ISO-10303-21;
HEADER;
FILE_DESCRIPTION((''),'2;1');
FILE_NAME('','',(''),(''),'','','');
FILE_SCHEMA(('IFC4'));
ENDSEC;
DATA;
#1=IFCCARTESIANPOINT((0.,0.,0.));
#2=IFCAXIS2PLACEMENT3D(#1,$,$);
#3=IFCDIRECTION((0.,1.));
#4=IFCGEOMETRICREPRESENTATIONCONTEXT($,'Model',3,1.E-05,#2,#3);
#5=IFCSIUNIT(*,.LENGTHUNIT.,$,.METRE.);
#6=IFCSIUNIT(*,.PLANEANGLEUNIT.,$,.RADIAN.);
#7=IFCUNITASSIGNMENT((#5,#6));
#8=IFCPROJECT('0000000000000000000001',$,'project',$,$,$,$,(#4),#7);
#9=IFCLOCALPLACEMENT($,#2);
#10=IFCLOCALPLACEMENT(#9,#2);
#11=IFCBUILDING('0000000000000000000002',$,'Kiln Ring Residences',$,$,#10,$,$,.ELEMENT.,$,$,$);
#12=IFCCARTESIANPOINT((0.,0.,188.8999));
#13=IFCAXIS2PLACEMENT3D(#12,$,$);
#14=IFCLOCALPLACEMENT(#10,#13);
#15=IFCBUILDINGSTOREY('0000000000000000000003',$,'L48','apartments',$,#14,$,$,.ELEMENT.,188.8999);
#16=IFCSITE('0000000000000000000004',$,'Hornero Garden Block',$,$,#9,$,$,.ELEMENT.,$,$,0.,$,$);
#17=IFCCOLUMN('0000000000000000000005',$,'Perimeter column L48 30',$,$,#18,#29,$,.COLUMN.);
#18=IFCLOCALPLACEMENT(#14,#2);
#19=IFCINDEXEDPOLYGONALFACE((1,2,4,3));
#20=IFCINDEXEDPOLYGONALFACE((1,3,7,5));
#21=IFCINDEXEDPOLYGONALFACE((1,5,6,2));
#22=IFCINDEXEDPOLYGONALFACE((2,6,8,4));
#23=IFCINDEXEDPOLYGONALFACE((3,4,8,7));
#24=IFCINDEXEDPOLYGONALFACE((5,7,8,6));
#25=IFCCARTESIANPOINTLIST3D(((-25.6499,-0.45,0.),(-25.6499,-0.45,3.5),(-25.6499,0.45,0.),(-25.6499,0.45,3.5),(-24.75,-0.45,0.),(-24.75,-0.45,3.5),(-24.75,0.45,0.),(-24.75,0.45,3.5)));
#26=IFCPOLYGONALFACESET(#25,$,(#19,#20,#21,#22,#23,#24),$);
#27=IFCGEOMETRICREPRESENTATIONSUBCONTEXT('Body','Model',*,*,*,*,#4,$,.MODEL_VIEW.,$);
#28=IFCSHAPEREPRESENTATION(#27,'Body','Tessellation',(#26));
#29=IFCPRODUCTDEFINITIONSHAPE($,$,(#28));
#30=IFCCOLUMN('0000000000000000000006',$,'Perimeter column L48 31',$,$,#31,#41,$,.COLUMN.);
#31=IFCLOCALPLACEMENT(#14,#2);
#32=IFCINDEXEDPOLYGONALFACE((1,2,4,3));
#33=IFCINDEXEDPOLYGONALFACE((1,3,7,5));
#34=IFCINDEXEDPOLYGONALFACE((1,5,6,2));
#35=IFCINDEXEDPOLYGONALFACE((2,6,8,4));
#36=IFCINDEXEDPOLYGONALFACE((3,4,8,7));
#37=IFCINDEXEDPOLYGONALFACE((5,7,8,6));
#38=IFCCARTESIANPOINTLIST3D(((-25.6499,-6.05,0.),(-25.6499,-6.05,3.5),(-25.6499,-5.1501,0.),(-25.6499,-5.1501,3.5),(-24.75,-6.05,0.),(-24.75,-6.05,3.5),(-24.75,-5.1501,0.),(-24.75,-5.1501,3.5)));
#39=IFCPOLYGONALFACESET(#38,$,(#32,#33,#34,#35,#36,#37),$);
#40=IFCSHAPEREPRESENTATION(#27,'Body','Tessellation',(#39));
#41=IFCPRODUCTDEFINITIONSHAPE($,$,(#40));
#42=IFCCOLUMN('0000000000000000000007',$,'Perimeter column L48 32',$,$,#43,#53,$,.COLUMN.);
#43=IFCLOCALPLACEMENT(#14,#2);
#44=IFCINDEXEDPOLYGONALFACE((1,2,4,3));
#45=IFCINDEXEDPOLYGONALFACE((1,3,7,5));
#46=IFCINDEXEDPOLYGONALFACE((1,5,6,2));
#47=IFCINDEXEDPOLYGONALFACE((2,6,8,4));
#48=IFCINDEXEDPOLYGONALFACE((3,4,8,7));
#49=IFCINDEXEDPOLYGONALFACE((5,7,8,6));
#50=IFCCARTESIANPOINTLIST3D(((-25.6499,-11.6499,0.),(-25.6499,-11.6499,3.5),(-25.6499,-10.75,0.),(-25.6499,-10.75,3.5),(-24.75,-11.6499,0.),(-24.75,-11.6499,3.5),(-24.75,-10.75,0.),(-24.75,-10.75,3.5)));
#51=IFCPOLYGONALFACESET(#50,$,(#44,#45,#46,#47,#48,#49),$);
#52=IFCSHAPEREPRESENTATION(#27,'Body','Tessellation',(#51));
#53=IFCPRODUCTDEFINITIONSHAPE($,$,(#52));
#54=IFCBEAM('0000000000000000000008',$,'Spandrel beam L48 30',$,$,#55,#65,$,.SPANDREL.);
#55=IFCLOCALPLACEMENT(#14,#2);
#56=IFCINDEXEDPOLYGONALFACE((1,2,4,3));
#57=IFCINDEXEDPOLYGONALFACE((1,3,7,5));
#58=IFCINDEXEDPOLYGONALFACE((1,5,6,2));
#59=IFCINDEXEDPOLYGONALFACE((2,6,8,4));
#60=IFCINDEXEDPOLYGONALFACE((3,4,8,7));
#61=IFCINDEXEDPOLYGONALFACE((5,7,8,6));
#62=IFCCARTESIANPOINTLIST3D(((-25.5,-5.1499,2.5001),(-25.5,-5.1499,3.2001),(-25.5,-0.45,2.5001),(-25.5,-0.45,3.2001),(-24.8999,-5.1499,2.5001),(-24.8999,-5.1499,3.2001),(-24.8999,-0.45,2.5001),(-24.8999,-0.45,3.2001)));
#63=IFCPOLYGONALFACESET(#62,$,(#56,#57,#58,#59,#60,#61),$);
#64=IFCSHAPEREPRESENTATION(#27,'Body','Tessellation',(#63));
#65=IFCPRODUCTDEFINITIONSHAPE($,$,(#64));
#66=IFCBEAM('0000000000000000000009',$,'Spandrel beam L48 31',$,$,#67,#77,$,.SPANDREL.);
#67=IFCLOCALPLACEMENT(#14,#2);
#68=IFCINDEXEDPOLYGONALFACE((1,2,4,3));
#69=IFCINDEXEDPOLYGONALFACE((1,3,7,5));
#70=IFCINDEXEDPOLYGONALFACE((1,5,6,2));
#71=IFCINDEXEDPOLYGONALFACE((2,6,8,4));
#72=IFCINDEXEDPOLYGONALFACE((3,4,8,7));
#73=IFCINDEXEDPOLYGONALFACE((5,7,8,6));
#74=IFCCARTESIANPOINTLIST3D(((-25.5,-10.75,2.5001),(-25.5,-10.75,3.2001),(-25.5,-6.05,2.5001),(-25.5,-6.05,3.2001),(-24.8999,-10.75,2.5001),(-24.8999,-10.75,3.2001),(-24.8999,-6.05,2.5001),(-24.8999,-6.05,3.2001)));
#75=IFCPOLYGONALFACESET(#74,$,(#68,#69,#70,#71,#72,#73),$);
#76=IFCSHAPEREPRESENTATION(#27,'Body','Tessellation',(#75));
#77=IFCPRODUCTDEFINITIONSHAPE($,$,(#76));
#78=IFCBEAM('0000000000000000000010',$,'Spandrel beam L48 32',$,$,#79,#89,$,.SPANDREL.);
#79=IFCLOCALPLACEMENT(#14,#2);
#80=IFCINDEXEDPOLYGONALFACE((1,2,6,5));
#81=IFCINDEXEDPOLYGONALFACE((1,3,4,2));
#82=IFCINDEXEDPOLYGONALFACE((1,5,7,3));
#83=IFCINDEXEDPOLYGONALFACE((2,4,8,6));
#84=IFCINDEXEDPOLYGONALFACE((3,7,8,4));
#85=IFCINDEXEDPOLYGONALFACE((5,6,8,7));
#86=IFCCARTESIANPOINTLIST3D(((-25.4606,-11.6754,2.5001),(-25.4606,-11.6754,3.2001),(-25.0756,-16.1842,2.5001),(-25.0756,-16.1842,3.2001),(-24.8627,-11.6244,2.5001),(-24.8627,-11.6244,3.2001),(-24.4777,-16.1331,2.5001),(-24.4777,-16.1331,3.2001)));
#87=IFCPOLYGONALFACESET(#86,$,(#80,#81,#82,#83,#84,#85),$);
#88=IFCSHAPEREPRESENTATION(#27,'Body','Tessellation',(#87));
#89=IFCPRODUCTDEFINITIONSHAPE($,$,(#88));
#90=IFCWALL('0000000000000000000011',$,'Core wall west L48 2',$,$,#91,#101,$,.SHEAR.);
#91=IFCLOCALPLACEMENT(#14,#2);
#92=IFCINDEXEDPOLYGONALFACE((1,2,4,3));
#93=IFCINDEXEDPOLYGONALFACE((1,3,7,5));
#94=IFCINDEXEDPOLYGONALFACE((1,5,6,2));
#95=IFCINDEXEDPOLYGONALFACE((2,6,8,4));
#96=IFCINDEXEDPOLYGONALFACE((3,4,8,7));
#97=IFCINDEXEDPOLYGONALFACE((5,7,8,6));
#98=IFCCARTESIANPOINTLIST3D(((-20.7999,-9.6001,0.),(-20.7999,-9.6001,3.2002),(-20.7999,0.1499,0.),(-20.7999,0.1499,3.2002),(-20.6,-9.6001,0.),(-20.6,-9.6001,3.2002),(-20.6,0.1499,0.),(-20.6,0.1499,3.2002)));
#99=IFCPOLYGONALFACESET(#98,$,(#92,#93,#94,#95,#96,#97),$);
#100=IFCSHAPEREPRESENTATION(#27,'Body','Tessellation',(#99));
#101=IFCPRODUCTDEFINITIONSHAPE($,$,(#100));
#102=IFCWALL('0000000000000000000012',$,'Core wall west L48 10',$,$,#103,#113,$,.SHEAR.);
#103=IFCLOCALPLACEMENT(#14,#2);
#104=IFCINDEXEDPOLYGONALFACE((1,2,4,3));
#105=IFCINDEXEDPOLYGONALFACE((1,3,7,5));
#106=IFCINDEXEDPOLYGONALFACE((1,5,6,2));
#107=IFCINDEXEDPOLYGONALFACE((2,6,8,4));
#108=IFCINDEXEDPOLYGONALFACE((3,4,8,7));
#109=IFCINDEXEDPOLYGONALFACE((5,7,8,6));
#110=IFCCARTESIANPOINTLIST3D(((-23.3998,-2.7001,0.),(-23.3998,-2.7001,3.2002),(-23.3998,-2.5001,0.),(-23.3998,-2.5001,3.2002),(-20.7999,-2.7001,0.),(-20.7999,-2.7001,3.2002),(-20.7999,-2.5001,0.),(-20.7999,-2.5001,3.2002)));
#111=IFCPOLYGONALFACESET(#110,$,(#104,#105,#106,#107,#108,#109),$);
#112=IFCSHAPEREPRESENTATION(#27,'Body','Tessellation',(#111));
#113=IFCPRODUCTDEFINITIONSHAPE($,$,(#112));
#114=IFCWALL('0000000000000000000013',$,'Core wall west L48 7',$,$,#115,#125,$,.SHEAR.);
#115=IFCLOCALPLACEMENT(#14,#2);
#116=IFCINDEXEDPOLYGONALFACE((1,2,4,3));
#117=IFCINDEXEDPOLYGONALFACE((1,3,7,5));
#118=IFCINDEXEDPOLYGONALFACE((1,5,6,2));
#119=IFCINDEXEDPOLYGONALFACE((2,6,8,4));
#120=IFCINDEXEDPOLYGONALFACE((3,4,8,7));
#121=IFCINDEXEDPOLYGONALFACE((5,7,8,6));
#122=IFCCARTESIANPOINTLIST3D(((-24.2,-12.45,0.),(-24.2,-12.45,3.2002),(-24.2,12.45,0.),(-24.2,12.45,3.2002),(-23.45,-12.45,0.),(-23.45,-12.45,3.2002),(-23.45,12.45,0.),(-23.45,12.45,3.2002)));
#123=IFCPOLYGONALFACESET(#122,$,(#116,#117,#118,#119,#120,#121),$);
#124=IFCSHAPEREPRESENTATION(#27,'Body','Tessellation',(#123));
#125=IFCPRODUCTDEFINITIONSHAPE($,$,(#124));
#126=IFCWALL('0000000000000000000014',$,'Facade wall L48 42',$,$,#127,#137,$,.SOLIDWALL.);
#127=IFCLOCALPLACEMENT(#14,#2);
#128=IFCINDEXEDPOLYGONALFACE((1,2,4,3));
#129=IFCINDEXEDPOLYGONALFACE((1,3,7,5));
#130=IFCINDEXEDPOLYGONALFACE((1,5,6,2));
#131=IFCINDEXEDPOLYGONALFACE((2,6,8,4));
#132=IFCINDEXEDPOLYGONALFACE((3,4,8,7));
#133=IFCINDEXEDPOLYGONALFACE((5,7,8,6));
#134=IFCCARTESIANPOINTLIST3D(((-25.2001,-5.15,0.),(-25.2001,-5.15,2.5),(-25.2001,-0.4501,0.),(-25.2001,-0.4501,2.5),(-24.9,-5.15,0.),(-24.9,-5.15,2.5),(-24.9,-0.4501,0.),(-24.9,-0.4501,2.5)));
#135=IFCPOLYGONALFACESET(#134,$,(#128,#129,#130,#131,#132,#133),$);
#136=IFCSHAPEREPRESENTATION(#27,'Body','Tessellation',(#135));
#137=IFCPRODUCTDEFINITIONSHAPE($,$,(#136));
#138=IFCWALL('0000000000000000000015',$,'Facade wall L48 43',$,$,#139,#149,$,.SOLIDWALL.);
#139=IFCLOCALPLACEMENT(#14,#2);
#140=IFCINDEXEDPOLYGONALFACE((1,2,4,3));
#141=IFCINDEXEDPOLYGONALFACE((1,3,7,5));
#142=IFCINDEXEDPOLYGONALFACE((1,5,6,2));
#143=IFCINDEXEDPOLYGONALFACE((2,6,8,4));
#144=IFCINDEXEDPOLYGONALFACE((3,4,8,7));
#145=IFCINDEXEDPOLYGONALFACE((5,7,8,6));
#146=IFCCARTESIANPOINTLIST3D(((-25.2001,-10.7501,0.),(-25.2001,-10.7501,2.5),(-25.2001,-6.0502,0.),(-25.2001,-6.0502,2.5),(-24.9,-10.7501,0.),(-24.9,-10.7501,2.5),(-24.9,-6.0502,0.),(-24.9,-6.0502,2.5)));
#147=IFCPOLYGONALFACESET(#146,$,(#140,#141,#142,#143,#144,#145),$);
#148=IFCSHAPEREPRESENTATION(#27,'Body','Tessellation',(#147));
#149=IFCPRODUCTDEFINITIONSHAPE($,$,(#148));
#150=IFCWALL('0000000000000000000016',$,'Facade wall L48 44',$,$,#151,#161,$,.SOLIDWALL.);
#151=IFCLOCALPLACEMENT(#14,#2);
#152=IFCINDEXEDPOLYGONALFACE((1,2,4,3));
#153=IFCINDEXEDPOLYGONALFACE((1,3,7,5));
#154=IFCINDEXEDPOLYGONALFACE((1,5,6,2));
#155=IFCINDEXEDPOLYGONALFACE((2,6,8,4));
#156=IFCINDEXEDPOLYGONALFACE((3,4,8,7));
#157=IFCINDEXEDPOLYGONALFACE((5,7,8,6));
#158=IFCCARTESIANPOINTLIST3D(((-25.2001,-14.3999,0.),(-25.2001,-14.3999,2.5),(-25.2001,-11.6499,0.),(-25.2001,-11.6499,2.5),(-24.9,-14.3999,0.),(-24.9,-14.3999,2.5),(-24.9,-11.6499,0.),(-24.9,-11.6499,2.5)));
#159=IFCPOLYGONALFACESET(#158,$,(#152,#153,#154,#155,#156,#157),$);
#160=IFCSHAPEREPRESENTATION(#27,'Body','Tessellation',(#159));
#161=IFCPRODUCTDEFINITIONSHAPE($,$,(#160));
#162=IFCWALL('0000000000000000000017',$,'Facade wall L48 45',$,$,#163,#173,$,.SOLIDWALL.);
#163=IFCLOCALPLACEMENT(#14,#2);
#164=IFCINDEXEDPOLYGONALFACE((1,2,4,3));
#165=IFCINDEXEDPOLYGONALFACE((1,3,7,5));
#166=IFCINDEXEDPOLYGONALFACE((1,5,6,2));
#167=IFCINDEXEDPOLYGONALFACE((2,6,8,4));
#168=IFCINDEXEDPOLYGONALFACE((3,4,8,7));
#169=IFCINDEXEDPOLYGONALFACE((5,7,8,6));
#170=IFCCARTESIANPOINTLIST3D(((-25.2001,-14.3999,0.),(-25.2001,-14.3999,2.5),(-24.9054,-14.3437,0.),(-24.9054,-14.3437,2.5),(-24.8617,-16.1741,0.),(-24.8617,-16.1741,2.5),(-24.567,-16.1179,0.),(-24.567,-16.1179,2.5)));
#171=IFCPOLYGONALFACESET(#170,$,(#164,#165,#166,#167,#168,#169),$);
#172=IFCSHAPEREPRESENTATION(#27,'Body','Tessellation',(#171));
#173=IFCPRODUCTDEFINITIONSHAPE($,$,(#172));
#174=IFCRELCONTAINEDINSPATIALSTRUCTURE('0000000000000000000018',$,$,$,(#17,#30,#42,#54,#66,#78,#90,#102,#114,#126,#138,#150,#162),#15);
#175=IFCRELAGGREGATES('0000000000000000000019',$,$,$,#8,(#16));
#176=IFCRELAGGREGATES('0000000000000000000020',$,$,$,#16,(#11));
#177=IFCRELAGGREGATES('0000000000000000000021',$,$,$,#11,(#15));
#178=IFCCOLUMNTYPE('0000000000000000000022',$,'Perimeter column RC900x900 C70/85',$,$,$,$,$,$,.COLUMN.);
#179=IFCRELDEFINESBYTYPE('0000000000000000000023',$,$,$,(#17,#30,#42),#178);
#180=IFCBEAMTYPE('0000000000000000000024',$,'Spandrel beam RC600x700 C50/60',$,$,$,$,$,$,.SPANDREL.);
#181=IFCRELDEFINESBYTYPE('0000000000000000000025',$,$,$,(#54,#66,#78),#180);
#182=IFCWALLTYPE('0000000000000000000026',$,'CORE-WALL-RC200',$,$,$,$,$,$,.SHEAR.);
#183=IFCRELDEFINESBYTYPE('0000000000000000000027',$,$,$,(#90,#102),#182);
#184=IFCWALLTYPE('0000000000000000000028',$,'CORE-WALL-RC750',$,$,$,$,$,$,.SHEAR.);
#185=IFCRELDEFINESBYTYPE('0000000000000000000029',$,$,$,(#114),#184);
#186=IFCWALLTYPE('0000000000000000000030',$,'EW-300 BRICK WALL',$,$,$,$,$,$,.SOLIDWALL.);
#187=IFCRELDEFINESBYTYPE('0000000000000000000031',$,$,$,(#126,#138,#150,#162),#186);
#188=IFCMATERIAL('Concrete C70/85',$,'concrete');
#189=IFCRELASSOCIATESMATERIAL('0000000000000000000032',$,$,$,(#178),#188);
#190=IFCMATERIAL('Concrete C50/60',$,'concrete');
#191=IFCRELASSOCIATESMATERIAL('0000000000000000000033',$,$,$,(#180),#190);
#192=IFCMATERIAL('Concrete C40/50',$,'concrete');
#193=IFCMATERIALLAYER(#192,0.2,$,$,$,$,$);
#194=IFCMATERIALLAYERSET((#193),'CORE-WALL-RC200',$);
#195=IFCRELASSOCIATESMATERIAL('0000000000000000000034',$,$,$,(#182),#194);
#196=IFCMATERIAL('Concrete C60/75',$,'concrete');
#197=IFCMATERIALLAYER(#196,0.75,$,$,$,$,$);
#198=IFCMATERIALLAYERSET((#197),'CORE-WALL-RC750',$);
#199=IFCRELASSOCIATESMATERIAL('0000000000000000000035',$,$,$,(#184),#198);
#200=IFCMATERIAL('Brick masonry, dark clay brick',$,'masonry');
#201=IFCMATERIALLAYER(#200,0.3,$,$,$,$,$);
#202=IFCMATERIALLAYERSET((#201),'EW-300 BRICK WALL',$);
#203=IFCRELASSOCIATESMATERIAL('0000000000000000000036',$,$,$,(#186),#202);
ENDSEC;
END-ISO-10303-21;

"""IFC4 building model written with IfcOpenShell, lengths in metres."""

from ifc_helpers import new_model, si_unit, direction, frame, frame_2d, origin, origin_2d, place, context, subcontext, project, spatial, rectangle, extrude, material, layer, layer_set, material_profile, profile_set, type_object, element, save


model = new_model("IFC4")

# Units and contexts
model_context = context("Model", 3, precision=1e-05, world=origin(), true_north=direction((0.0, 1.0)))
body_context = subcontext(model_context, "Body", "Model", "MODEL_VIEW")
ifc_project = project(units=[si_unit("LENGTHUNIT", "METRE"), si_unit("PLANEANGLEUNIT", "RADIAN")], contexts=[model_context])

# Site, building, storey
site_placement = place(None, origin())
site = spatial("IfcSite", under=ifc_project, at=site_placement, Name="Hornero Garden Block", CompositionType="ELEMENT", RefElevation=0.0)
building_placement = place(site_placement, origin())
building = spatial("IfcBuilding", under=site, at=building_placement, Name="Kiln Ring Residences", CompositionType="ELEMENT")
storey_placement = place(building_placement, frame((0.0, 0.0, 188.8999)))
storey = spatial("IfcBuildingStorey", under=building, at=storey_placement, Name="L48", Description="apartments", CompositionType="ELEMENT", Elevation=188.8999)

# Columns
ifc_material_1 = material(Name="Concrete C70/85", Category="concrete")
ifc_material_profile_1 = material_profile(ifc_material_1, rectangle(XDim=0.8999, YDim=0.8999, at=origin_2d()), Name="RC900x900")
ifc_profile_set_1 = profile_set([ifc_material_profile_1], Name="Concrete C70/85")
column_type = type_object("IfcColumnType", Name="Perimeter column RC900x900 C70/85", PredefinedType="COLUMN", material=ifc_profile_set_1)
for number, where, z_axis, x_axis, name in (
    (1, (-25.2, 0.0, 0.0), (0.0, 0.0, 1.0), (1.0, 0.0, 0.0), "Perimeter column L48 30"),
    (2, (-25.2, -5.6001, 0.0), (0.0, 0.0, 1.0), (1.0, 0.0, 0.0), "Perimeter column L48 31"),
    (3, (-25.2, -11.2, 0.0), (0.0, 0.0, 1.0), (1.0, 0.0, 0.0), "Perimeter column L48 32"),
):
    element("IfcColumn", number, at=place(storey_placement, frame(where, z_axis=z_axis, x_axis=x_axis)), inside=storey, type_object=column_type, Name=name, PredefinedType="COLUMN", context=body_context, shape_type="SweptSolid", body=[
        extrude(rectangle(XDim=0.8999, YDim=0.8999, at=origin_2d()), origin(), (0.0, 0.0, 1.0), 3.5),
    ])

# Beams
ifc_material_2 = material(Name="Concrete C50/60", Category="concrete")
ifc_material_profile_2 = material_profile(ifc_material_2, rectangle(XDim=0.6001, YDim=0.7, at=origin_2d()), Name="RC600x700")
ifc_profile_set_2 = profile_set([ifc_material_profile_2], Name="Concrete C50/60")
beam_type = type_object("IfcBeamType", Name="Spandrel beam RC600x700 C50/60", PredefinedType="SPANDREL", material=ifc_profile_set_2)
for number, where, z_axis, x_axis, name in (
    (4, (-25.2, -0.45, 2.8501), (0.0, -1.0, 0.0), (1.0, 0.0, 0.0), "Spandrel beam L48 30"),
    (5, (-25.2, -6.05, 2.8501), (0.0, -1.0, 0.0), (1.0, 0.0, 0.0), "Spandrel beam L48 31"),
):
    element("IfcBeam", number, at=place(storey_placement, frame(where, z_axis=z_axis, x_axis=x_axis)), inside=storey, type_object=beam_type, Name=name, PredefinedType="SPANDREL", context=body_context, shape_type="SweptSolid", body=[
        extrude(rectangle(XDim=0.6001, YDim=0.7, at=origin_2d()), origin(), (0.0, 0.0, 1.0), 4.7),
    ])
beam_placement = place(storey_placement, frame((-25.1616, -11.6499, 2.8501), z_axis=(0.085081, -0.996374, 0.0), x_axis=(0.996374, 0.085081, 0.0)))
element("IfcBeam", 6, at=beam_placement, inside=storey, type_object=beam_type, Name="Spandrel beam L48 32", PredefinedType="SPANDREL", context=body_context, shape_type="SweptSolid", body=[
    extrude(rectangle(XDim=0.6001, YDim=0.7, at=origin_2d()), origin(), (0.0, 0.0, 1.0), 4.5251),
])

# Walls
ifc_material_3 = material(Name="Concrete C40/50", Category="concrete")
ifc_layer_1 = layer(ifc_material_3, 0.2)
ifc_layer_set_1 = layer_set([ifc_layer_1], Name="CORE-WALL-RC200")
wall_type_1 = type_object("IfcWallType", Name="CORE-WALL-RC200", PredefinedType="SHEAR", material=ifc_layer_set_1)
wall_1_placement = place(storey_placement, frame((-20.7, -9.6001, 0.0), z_axis=(0.0, 0.0, 1.0), x_axis=(0.0, 1.0, 0.0)))
element("IfcWall", 7, at=wall_1_placement, inside=storey, type_object=wall_type_1, Name="Core wall west L48 2", PredefinedType="SHEAR", context=body_context, shape_type="SweptSolid", body=[
    extrude(rectangle(XDim=9.75, YDim=0.2, at=frame_2d((4.875, 0.0))), origin(), (0.0, 0.0, 1.0), 3.2002),
])
wall_2_placement = place(storey_placement, frame((-20.8, -2.6001, 0.0), z_axis=(0.0, 0.0, 1.0), x_axis=(-1.0, 0.0, 0.0)))
element("IfcWall", 8, at=wall_2_placement, inside=storey, type_object=wall_type_1, Name="Core wall west L48 10", PredefinedType="SHEAR", context=body_context, shape_type="SweptSolid", body=[
    extrude(rectangle(XDim=2.5999, YDim=0.2, at=frame_2d((1.2998, 0.0))), origin(), (0.0, 0.0, 1.0), 3.2002),
])
ifc_material_4 = material(Name="Concrete C60/75", Category="concrete")
ifc_layer_2 = layer(ifc_material_4, 0.75)
ifc_layer_set_2 = layer_set([ifc_layer_2], Name="CORE-WALL-RC750")
wall_type_2 = type_object("IfcWallType", Name="CORE-WALL-RC750", PredefinedType="SHEAR", material=ifc_layer_set_2)
wall_3_placement = place(storey_placement, frame((-23.825, -12.45, 0.0), z_axis=(0.0, 0.0, 1.0), x_axis=(0.0, 1.0, 0.0)))
element("IfcWall", 9, at=wall_3_placement, inside=storey, type_object=wall_type_2, Name="Core wall west L48 7", PredefinedType="SHEAR", context=body_context, shape_type="SweptSolid", body=[
    extrude(rectangle(XDim=24.8999, YDim=0.75, at=frame_2d((12.45, 0.0))), origin(), (0.0, 0.0, 1.0), 3.2002),
])
ifc_material_5 = material(Name="Brick masonry, dark clay brick", Category="masonry")
ifc_layer_3 = layer(ifc_material_5, 0.3)
ifc_layer_set_3 = layer_set([ifc_layer_3], Name="EW-300 BRICK WALL")
wall_type_3 = type_object("IfcWallType", Name="EW-300 BRICK WALL", PredefinedType="SOLIDWALL", material=ifc_layer_set_3)
for number, where, z_axis, x_axis, name in (
    (10, (-25.05, -0.45, 0.0), (0.0, 0.0, 1.0), (0.0, -1.0, 0.0), "Facade wall L48 42"),
    (11, (-25.05, -6.05, 0.0), (0.0, 0.0, 1.0), (0.0, -1.0, 0.0), "Facade wall L48 43"),
):
    element("IfcWall", number, at=place(storey_placement, frame(where, z_axis=z_axis, x_axis=x_axis)), inside=storey, type_object=wall_type_3, Name=name, PredefinedType="SOLIDWALL", context=body_context, shape_type="SweptSolid", body=[
        extrude(rectangle(XDim=4.7, YDim=0.3, at=frame_2d((2.3501, 0.0))), origin(), (0.0, 0.0, 1.0), 2.5),
    ])
wall_4_placement = place(storey_placement, frame((-25.05, -11.6499, 0.0), z_axis=(0.0, 0.0, 1.0), x_axis=(0.0, -1.0, 0.0)))
element("IfcWall", 12, at=wall_4_placement, inside=storey, type_object=wall_type_3, Name="Facade wall L48 44", PredefinedType="SOLIDWALL", context=body_context, shape_type="SweptSolid", body=[
    extrude(rectangle(XDim=2.75, YDim=0.3, at=frame_2d((1.375, 0.0))), origin(), (0.0, 0.0, 1.0), 2.5),
])
wall_5_placement = place(storey_placement, frame((-25.0527, -14.3718, 0.0), z_axis=(0.0, 0.0, 1.0), x_axis=(0.187348, -0.982294, 0.0)))
element("IfcWall", 13, at=wall_5_placement, inside=storey, type_object=wall_type_3, Name="Facade wall L48 45", PredefinedType="SOLIDWALL", context=body_context, shape_type="SweptSolid", body=[
    extrude(rectangle(XDim=1.8062, YDim=0.3, at=frame_2d((0.9031, 0.0))), origin(), (0.0, 0.0, 1.0), 2.5),
])

save(model, "model.ifc")
